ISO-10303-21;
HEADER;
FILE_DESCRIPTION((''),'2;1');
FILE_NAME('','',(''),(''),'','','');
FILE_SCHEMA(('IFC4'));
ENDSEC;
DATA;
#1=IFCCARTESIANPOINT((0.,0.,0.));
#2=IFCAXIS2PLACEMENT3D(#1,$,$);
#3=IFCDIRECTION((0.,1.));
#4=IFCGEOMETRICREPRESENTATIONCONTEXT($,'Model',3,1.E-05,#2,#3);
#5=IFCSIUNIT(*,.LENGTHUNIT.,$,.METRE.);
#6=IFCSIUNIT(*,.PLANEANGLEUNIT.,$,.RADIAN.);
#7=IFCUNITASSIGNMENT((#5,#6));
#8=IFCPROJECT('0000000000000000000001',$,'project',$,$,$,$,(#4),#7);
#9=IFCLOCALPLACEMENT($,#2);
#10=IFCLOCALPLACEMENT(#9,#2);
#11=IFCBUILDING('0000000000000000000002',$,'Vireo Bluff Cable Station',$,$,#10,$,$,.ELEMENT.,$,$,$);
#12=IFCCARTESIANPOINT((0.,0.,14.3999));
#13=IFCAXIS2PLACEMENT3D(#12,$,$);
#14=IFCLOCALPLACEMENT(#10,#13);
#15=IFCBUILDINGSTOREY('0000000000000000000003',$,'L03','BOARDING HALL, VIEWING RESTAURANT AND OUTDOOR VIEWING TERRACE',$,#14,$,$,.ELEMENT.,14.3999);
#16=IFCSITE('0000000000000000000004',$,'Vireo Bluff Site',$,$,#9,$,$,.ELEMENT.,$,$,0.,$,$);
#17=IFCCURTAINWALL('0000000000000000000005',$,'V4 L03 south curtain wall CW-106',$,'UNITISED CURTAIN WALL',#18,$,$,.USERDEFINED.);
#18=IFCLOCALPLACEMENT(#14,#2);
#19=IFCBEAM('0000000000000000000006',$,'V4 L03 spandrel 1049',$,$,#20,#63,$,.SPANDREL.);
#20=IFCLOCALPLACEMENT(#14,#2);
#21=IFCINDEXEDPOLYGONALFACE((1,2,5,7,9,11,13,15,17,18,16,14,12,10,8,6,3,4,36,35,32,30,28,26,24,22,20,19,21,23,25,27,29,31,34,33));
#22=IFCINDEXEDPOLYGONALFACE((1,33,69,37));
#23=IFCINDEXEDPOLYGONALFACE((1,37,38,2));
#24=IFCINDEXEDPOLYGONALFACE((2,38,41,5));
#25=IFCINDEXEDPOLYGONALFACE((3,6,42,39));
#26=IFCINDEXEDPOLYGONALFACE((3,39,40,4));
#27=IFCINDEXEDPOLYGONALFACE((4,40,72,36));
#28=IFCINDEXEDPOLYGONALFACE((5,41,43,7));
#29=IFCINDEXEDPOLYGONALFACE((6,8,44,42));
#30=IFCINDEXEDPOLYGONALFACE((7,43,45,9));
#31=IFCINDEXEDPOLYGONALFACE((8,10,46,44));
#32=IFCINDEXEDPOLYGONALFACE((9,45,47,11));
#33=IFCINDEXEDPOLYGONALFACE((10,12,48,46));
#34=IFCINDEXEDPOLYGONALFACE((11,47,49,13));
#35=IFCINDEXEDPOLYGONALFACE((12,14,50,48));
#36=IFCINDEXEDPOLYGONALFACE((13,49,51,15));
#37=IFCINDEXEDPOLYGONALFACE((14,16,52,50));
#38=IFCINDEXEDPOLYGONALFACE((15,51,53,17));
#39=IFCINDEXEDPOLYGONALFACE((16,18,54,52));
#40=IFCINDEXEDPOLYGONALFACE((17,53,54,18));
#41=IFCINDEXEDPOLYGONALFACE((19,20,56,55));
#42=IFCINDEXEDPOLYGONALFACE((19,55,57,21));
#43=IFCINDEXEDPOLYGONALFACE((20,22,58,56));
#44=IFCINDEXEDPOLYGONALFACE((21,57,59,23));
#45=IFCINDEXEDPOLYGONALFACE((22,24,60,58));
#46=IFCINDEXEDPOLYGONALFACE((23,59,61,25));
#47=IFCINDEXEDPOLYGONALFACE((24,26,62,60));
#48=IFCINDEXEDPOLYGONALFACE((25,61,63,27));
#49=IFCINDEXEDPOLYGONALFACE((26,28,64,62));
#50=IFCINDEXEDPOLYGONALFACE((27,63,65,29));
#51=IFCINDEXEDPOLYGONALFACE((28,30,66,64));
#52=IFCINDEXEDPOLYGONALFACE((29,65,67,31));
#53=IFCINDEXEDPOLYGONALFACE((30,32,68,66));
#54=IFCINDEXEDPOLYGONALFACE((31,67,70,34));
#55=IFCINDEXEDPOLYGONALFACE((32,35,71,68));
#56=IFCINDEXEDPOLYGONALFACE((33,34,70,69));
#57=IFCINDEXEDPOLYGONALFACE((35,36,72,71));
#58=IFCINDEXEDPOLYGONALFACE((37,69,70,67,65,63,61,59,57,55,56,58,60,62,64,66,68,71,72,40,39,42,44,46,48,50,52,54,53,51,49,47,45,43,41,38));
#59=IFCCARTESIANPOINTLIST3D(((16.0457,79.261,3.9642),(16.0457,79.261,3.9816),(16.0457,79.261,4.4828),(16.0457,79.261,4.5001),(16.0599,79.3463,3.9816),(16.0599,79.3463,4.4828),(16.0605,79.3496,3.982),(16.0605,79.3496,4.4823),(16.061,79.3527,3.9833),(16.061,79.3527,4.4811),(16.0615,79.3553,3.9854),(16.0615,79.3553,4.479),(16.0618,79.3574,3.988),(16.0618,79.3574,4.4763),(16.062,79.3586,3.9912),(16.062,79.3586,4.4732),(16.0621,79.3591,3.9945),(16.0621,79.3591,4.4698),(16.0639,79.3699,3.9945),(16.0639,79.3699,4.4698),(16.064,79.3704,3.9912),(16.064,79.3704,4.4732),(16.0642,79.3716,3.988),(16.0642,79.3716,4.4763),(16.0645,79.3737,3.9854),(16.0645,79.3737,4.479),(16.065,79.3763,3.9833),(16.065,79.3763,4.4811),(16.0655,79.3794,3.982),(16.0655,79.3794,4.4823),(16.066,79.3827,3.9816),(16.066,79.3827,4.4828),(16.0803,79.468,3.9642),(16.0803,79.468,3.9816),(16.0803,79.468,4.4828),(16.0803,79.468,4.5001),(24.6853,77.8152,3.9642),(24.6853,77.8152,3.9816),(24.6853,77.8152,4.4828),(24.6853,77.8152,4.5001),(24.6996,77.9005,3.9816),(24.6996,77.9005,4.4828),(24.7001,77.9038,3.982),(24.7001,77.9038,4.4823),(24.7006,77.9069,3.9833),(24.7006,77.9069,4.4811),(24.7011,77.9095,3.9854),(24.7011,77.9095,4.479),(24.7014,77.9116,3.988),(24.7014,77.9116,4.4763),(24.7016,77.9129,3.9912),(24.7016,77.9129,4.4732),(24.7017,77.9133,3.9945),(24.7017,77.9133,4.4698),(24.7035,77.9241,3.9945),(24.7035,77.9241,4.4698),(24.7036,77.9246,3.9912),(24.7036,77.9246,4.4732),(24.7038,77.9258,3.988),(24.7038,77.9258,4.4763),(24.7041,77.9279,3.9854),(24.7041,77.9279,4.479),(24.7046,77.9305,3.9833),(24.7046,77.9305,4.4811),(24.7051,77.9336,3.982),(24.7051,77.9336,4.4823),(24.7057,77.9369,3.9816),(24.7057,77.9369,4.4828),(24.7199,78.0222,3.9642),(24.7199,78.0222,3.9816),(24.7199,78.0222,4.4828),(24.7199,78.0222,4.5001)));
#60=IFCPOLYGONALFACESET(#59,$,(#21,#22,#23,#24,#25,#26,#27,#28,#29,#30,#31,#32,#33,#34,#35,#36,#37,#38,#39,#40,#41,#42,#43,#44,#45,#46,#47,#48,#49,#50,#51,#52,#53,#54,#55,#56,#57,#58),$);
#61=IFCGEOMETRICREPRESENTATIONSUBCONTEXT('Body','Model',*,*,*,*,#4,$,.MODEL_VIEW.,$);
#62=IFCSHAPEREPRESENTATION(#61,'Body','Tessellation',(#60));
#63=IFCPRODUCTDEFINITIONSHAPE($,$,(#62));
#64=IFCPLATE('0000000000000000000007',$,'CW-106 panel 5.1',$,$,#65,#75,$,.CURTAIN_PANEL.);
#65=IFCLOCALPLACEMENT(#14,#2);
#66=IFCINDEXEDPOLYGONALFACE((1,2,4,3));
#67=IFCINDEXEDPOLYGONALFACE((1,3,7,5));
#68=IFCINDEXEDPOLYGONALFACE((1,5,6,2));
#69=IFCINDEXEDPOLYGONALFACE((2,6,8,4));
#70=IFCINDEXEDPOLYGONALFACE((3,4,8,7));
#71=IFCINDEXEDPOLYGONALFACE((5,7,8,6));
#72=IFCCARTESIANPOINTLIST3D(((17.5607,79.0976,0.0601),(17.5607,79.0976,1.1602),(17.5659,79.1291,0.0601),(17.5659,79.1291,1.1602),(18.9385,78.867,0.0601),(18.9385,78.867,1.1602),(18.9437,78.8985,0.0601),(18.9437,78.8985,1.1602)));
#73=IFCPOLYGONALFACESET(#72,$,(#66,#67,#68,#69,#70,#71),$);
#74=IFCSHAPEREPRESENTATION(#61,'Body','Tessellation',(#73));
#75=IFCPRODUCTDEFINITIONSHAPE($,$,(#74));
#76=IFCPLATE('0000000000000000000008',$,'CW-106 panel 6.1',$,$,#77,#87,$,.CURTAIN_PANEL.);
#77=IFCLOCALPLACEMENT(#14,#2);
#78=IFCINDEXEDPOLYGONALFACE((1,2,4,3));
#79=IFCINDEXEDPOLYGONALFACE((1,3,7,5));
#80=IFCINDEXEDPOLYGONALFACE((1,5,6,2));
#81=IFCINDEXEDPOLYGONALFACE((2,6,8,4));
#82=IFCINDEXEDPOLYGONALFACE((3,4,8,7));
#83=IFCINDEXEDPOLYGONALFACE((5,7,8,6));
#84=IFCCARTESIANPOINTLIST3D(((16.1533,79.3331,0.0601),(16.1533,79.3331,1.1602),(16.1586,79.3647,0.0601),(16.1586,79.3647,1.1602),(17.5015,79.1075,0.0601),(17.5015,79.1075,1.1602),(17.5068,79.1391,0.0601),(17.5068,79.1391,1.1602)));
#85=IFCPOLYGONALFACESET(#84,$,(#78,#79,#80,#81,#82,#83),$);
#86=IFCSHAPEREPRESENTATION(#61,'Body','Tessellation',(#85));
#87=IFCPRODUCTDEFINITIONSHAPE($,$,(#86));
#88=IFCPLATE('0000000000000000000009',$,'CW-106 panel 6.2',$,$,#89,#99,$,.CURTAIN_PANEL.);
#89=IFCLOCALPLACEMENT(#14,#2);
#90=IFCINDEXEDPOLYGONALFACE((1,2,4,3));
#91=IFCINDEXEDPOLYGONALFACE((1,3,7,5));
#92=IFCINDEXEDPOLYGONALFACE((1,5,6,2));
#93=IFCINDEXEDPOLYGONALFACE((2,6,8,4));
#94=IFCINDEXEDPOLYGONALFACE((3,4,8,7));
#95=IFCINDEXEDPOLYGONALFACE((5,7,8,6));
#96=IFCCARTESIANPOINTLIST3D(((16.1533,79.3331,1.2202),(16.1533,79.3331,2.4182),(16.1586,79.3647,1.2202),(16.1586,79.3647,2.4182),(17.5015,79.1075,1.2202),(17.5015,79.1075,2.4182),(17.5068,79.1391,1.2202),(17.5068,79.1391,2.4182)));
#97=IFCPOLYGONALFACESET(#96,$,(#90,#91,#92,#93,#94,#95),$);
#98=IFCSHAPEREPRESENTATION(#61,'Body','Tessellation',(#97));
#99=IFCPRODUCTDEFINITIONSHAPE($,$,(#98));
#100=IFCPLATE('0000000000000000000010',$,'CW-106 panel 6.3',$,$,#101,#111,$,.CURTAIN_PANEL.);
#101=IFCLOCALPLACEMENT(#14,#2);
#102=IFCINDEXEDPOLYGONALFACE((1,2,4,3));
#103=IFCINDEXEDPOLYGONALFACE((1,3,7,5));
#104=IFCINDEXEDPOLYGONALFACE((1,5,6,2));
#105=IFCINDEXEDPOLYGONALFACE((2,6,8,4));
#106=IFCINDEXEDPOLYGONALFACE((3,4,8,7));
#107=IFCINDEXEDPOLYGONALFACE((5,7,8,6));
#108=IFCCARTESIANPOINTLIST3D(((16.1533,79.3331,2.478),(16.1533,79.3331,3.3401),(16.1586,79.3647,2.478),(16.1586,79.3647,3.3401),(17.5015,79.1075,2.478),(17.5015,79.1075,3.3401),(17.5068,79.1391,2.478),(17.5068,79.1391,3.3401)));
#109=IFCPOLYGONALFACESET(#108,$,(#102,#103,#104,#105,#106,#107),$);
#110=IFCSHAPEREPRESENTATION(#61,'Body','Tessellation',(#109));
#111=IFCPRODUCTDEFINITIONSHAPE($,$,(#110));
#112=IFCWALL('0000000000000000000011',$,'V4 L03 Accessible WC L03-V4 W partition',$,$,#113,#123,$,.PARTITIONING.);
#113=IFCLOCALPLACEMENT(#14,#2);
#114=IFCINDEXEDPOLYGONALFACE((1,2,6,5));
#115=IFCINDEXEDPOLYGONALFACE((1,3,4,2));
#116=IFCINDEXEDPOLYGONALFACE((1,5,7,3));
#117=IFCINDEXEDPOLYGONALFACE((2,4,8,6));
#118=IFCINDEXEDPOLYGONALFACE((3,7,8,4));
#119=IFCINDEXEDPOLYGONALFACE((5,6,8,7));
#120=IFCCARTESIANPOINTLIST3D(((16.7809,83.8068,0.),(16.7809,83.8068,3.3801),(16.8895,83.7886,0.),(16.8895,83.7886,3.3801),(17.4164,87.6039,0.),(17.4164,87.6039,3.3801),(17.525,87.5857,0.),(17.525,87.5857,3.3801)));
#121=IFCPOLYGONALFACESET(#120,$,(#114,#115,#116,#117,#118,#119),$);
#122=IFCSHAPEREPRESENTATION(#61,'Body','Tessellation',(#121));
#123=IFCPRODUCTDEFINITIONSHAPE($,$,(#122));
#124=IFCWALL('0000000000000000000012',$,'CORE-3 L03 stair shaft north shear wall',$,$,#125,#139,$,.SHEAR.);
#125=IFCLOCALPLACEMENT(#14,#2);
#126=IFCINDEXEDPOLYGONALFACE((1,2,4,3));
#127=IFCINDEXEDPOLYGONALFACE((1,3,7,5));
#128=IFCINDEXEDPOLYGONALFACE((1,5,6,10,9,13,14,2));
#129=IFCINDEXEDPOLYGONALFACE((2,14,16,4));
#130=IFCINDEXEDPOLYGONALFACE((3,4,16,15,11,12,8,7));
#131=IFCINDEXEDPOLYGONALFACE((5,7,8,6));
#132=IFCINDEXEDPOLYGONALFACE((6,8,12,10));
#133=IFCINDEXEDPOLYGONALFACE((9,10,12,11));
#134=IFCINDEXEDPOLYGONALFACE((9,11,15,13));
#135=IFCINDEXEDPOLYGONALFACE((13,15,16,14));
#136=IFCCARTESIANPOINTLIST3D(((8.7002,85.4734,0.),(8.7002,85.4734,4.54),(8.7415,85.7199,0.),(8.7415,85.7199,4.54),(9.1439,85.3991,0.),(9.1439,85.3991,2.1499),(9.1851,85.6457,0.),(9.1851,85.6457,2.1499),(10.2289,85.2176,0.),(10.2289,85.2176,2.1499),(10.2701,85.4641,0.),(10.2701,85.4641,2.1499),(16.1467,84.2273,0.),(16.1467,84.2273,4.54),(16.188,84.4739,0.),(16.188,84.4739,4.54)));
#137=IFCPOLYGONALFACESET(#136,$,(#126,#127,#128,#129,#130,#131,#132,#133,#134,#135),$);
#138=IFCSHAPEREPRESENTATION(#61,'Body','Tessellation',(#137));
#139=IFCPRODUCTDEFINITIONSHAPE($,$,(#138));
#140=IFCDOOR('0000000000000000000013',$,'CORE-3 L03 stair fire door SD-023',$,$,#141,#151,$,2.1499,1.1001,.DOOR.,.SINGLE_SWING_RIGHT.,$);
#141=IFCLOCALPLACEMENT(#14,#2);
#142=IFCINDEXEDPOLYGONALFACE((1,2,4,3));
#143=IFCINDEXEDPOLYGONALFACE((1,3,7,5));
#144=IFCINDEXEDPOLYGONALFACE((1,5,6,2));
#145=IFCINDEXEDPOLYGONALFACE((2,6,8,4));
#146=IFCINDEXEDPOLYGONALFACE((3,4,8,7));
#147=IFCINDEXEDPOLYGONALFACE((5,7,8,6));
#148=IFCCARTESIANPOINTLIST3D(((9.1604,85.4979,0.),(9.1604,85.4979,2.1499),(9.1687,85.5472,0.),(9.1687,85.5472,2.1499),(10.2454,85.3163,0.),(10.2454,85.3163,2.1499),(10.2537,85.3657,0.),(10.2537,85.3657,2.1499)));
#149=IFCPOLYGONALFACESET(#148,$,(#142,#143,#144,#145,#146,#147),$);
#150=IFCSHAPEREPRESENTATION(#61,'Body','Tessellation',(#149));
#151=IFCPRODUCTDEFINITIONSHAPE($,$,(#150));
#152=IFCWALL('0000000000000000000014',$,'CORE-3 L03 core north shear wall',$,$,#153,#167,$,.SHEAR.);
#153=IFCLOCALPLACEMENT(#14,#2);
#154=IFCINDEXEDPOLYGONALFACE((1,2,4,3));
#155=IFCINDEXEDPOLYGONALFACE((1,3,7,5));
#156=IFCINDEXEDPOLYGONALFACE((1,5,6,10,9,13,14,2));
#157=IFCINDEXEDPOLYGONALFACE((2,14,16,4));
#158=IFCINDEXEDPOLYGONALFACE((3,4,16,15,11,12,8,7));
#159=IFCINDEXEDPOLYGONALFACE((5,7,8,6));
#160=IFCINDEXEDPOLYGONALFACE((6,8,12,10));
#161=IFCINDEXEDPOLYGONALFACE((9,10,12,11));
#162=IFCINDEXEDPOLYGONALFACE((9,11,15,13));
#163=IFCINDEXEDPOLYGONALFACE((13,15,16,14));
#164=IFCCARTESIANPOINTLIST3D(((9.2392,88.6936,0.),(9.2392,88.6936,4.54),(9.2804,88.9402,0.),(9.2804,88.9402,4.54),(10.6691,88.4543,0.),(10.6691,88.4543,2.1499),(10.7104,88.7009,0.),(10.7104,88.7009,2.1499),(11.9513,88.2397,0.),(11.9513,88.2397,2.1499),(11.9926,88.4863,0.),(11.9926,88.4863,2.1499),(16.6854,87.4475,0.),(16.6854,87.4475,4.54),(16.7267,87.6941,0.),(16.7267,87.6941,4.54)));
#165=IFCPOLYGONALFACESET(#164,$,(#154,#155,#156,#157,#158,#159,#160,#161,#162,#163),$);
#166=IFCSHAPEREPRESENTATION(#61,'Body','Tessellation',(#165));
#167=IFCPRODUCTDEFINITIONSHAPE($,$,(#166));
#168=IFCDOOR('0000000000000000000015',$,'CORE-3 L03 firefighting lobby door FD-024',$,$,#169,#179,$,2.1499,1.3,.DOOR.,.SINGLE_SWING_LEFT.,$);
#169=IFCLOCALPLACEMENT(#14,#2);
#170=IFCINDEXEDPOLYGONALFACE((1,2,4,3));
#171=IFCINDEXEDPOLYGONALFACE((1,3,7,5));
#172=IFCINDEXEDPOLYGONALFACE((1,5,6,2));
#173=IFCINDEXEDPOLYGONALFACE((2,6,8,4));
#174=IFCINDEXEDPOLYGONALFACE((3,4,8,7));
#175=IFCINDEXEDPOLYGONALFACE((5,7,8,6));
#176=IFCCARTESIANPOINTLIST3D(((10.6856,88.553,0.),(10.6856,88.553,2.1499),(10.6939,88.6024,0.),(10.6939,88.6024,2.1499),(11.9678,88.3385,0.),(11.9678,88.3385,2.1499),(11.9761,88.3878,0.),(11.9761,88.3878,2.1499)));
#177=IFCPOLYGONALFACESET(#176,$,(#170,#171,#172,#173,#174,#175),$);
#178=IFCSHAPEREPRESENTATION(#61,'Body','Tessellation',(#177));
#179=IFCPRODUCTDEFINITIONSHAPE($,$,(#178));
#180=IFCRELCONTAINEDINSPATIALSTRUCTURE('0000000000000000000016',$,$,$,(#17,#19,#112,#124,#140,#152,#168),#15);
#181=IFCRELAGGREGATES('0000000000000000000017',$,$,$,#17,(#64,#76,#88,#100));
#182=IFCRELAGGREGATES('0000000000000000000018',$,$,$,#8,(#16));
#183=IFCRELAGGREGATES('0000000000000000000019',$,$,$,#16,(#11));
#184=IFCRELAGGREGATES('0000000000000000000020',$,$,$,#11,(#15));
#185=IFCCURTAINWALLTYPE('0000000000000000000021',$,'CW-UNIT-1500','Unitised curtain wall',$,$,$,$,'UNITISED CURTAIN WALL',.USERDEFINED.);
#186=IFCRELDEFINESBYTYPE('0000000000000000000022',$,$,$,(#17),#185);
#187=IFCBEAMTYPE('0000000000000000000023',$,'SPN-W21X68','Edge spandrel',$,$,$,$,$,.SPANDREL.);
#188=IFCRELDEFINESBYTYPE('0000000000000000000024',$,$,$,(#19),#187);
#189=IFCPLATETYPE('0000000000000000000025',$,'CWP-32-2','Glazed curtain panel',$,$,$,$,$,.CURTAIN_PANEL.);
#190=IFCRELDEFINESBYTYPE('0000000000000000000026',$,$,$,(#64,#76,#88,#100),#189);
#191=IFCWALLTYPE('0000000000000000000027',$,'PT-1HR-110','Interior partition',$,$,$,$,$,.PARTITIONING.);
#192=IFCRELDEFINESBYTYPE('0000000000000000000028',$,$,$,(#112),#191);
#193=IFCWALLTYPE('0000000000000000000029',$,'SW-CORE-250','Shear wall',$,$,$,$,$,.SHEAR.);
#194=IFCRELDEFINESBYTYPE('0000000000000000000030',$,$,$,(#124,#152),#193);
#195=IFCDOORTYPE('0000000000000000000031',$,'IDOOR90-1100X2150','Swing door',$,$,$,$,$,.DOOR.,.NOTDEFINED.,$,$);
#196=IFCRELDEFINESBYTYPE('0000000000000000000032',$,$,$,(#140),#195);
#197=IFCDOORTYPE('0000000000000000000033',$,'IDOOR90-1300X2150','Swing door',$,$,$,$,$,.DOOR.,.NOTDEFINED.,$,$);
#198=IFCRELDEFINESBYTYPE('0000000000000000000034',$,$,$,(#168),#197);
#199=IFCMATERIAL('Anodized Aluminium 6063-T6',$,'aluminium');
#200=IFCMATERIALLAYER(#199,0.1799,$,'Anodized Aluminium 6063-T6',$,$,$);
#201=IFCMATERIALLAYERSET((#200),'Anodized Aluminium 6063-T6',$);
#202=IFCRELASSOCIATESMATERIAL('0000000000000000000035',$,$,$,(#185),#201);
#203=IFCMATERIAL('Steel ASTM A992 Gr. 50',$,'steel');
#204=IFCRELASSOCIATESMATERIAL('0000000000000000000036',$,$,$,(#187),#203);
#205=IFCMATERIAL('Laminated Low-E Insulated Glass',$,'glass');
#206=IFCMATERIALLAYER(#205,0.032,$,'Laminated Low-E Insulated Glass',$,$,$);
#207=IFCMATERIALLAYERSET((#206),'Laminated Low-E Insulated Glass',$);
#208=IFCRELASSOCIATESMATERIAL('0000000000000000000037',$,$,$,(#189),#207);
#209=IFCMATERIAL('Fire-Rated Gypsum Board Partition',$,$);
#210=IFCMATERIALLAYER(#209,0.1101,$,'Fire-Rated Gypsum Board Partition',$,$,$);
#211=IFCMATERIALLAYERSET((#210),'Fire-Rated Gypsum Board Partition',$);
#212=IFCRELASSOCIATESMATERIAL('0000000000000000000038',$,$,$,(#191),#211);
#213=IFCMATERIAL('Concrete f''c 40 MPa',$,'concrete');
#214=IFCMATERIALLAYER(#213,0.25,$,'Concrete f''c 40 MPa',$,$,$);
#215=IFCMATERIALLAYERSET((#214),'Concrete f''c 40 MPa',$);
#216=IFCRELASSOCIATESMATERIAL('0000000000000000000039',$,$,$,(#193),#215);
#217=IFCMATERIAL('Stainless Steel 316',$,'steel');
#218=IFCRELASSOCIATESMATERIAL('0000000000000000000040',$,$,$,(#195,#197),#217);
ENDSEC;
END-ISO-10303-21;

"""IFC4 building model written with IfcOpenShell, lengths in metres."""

from ifc_helpers import new_model, si_unit, direction, frame, frame_2d, origin, origin_with_axes, origin_2d, place, context, subcontext, project, spatial, rectangle, i_section, extrude, material, layer, layer_set, material_profile, profile_set, type_object, element, fill, aggregate, save


model = new_model("IFC4")

# Units and contexts
model_context = context("Model", 3, precision=1e-05, world=origin(), true_north=direction((0.0, 1.0)))
body_context = subcontext(model_context, "Body", "Model", "MODEL_VIEW")
ifc_project = project(units=[si_unit("LENGTHUNIT", "METRE"), si_unit("PLANEANGLEUNIT", "RADIAN")], contexts=[model_context])

# Site, building, storey
site_placement = place(None, origin())
site = spatial("IfcSite", under=ifc_project, at=site_placement, Name="Vireo Bluff Site", CompositionType="ELEMENT", RefElevation=0.0)
building_placement = place(site_placement, origin())
building = spatial("IfcBuilding", under=site, at=building_placement, Name="Vireo Bluff Cable Station", CompositionType="ELEMENT")
storey_placement = place(building_placement, frame((0.0, 0.0, 14.3999)))
storey = spatial("IfcBuildingStorey", under=building, at=storey_placement, Name="L03", Description="BOARDING HALL, VIEWING RESTAURANT AND OUTDOOR VIEWING TERRACE", CompositionType="ELEMENT", Elevation=14.3999)

# Shared definitions
ifc_material_1 = material(Name="Steel ASTM A992 Gr. 50", Category="steel")

# Curtain wall
ifc_material_2 = material(Name="Anodized Aluminium 6063-T6", Category="aluminium")
ifc_layer_1 = layer(ifc_material_2, 0.1799, Name="Anodized Aluminium 6063-T6")
ifc_layer_set_1 = layer_set([ifc_layer_1], Name="Anodized Aluminium 6063-T6")
curtain_wall_type = type_object("IfcCurtainWallType", Name="CW-UNIT-1500", Description="Unitised curtain wall", ElementType="UNITISED CURTAIN WALL", PredefinedType="USERDEFINED", material=ifc_layer_set_1)
curtain_wall_placement = place(storey_placement, origin())
curtain_wall = element("IfcCurtainWall", 1, at=curtain_wall_placement, inside=storey, type_object=curtain_wall_type, Name="V4 L03 south curtain wall CW-106", ObjectType="UNITISED CURTAIN WALL", PredefinedType="USERDEFINED")

# Beam
ifc_material_profile_1 = material_profile(ifc_material_1, i_section(OverallWidth=0.21, OverallDepth=0.5359, WebThickness=0.011, FlangeThickness=0.0173, FilletRadius=0.0129, at=origin_2d()), Name="W21X68")
ifc_profile_set_1 = profile_set([ifc_material_profile_1], Name="Steel ASTM A992 Gr. 50")
beam_type_1 = type_object("IfcBeamType", Name="SPN-W21X68", Description="Edge spandrel", PredefinedType="SPANDREL", material=ifc_profile_set_1)
beam_1_placement = place(storey_placement, frame((16.063, 79.3645, 4.2322), z_axis=(0.986285, -0.16505, 0.0), x_axis=(0.16505, 0.986285, 0.0)))
element("IfcBeam", 2, at=beam_1_placement, inside=storey, type_object=beam_type_1, Name="V4 L03 spandrel 1049", PredefinedType="SPANDREL", context=body_context, shape_type="SweptSolid", body=[
    extrude(i_section(OverallWidth=0.21, OverallDepth=0.5359, WebThickness=0.011, FlangeThickness=0.0173, FilletRadius=0.0129, at=origin_2d()), origin(), (0.0, 0.0, 1.0), 8.7598),
])

# Plates
ifc_material_3 = material(Name="Laminated Low-E Insulated Glass", Category="glass")
ifc_layer_2 = layer(ifc_material_3, 0.032, Name="Laminated Low-E Insulated Glass")
ifc_layer_set_2 = layer_set([ifc_layer_2], Name="Laminated Low-E Insulated Glass")
plate_type = type_object("IfcPlateType", Name="CWP-32-2", Description="Glazed curtain panel", PredefinedType="CURTAIN_PANEL", material=ifc_layer_set_2)
plate_1_placement = place(storey_placement, frame((18.2522, 78.998, 0.0601), z_axis=(0.0, 0.0, 1.0), x_axis=(-0.986286, 0.165048, 0.0)))
plate_1 = element("IfcPlate", 3, at=plate_1_placement, type_object=plate_type, Name="CW-106 panel 5.1", PredefinedType="CURTAIN_PANEL", context=body_context, shape_type="SweptSolid", body=[
    extrude(rectangle(XDim=1.397, YDim=0.032, at=origin_2d()), origin(), (0.0, 0.0, 1.0), 1.1001),
])
plate_2_placement = place(storey_placement, frame((16.8301, 79.2361, 0.0601), z_axis=(0.0, 0.0, 1.0), x_axis=(-0.986286, 0.165048, 0.0)))
plate_2 = element("IfcPlate", 4, at=plate_2_placement, type_object=plate_type, Name="CW-106 panel 6.1", PredefinedType="CURTAIN_PANEL", context=body_context, shape_type="SweptSolid", body=[
    extrude(rectangle(XDim=1.3669, YDim=0.032, at=origin_2d()), origin(), (0.0, 0.0, 1.0), 1.1001),
])
plate_3_placement = place(storey_placement, frame((16.8301, 79.2361, 1.2202), z_axis=(0.0, 0.0, 1.0), x_axis=(-0.986286, 0.165048, 0.0)))
plate_3 = element("IfcPlate", 5, at=plate_3_placement, type_object=plate_type, Name="CW-106 panel 6.2", PredefinedType="CURTAIN_PANEL", context=body_context, shape_type="SweptSolid", body=[
    extrude(rectangle(XDim=1.3669, YDim=0.032, at=origin_2d()), origin(), (0.0, 0.0, 1.0), 1.198),
])
plate_4_placement = place(storey_placement, frame((16.8301, 79.2361, 2.478), z_axis=(0.0, 0.0, 1.0), x_axis=(-0.986286, 0.165048, 0.0)))
plate_4 = element("IfcPlate", 6, at=plate_4_placement, type_object=plate_type, Name="CW-106 panel 6.3", PredefinedType="CURTAIN_PANEL", context=body_context, shape_type="SweptSolid", body=[
    extrude(rectangle(XDim=1.3669, YDim=0.032, at=origin_2d()), origin(), (0.0, 0.0, 1.0), 0.8621),
])
aggregate(curtain_wall, [plate_1, plate_2, plate_3, plate_4])

# Wall
ifc_material_4 = material(Name="Fire-Rated Gypsum Board Partition")
ifc_layer_3 = layer(ifc_material_4, 0.1101, Name="Fire-Rated Gypsum Board Partition")
ifc_layer_set_3 = layer_set([ifc_layer_3], Name="Fire-Rated Gypsum Board Partition")
wall_type_1 = type_object("IfcWallType", Name="PT-1HR-110", Description="Interior partition", PredefinedType="PARTITIONING", material=ifc_layer_set_3)
wall_1_placement = place(storey_placement, frame((16.8352, 83.7979, 0.0), z_axis=(0.0, 0.0, 1.0), x_axis=(0.165067, 0.986282, 0.0)))
element("IfcWall", 7, at=wall_1_placement, inside=storey, type_object=wall_type_1, Name="V4 L03 Accessible WC L03-V4 W partition", PredefinedType="PARTITIONING", context=body_context, shape_type="SweptSolid", body=[
    extrude(rectangle(XDim=3.8499, YDim=0.1101, at=frame_2d((1.9248, 0.0))), origin(), (0.0, 0.0, 1.0), 3.3801),
])

# Walls, openings, doors
ifc_material_5 = material(Name="Concrete f'c 40 MPa", Category="concrete")
ifc_layer_4 = layer(ifc_material_5, 0.25, Name="Concrete f'c 40 MPa")
ifc_layer_set_4 = layer_set([ifc_layer_4], Name="Concrete f'c 40 MPa")
wall_type_2 = type_object("IfcWallType", Name="SW-CORE-250", Description="Shear wall", PredefinedType="SHEAR", material=ifc_layer_set_4)
wall_2_placement = place(storey_placement, frame((16.1672, 84.3506, 0.0), z_axis=(0.0, 0.0, 1.0), x_axis=(-0.986286, 0.165044, 0.0)))
wall_2 = element("IfcWall", 8, at=wall_2_placement, inside=storey, type_object=wall_type_2, Name="CORE-3 L03 stair shaft north shear wall", PredefinedType="SHEAR", context=body_context, shape_type="SweptSolid", body=[
    extrude(rectangle(XDim=7.55, YDim=0.25, at=frame_2d((3.7749, 0.0))), origin(), (0.0, 0.0, 1.0), 4.54),
])
opening_1_placement = place(wall_2_placement, frame((6.0, 0.0, 0.0)))
opening_1 = element("IfcOpeningElement", 9, at=opening_1_placement, cuts=wall_2, PredefinedType="OPENING", context=body_context, shape_type="SweptSolid", body=[
    extrude(rectangle(XDim=1.1001, YDim=2.1499, at=frame_2d((0.55, 1.075))), frame((0.0, 0.135, 0.0), z_axis=(0.0, -1.0, 0.0), x_axis=(1.0, 0.0, 0.0)), (0.0, 0.0, 1.0), 0.27),
])
ifc_material_6 = material(Name="Stainless Steel 316", Category="steel")
door_type_1 = type_object("IfcDoorType", Name="IDOOR90-1100X2150", Description="Swing door", OperationType="NOTDEFINED", PredefinedType="DOOR", material=ifc_material_6)
door_1_placement = place(opening_1_placement, origin_with_axes())
door_1 = element("IfcDoor", 10, at=door_1_placement, inside=storey, type_object=door_type_1, Name="CORE-3 L03 stair fire door SD-023", OperationType="SINGLE_SWING_RIGHT", OverallHeight=2.1499, OverallWidth=1.1001, PredefinedType="DOOR", context=body_context, shape_type="SweptSolid", body=[
    extrude(rectangle(XDim=1.1001, YDim=2.1499, at=frame_2d((0.55, 1.075))), frame((0.0, 0.0249, 0.0), z_axis=(0.0, -1.0, 0.0), x_axis=(1.0, 0.0, 0.0)), (0.0, 0.0, 1.0), 0.05),
])
fill(opening_1, door_1)
wall_3_placement = place(storey_placement, frame((16.7061, 87.5708, 0.0), z_axis=(0.0, 0.0, 1.0), x_axis=(-0.986285, 0.165049, 0.0)))
wall_3 = element("IfcWall", 11, at=wall_3_placement, inside=storey, type_object=wall_type_2, Name="CORE-3 L03 core north shear wall", PredefinedType="SHEAR", context=body_context, shape_type="SweptSolid", body=[
    extrude(rectangle(XDim=7.5498, YDim=0.25, at=frame_2d((3.7749, 0.0))), origin(), (0.0, 0.0, 1.0), 4.54),
])
opening_2_placement = place(wall_3_placement, frame((4.8, 0.0, 0.0)))
opening_2 = element("IfcOpeningElement", 12, at=opening_2_placement, cuts=wall_3, PredefinedType="OPENING", context=body_context, shape_type="SweptSolid", body=[
    extrude(rectangle(XDim=1.3, YDim=2.1499, at=frame_2d((0.6499, 1.075))), frame((0.0, 0.135, 0.0), z_axis=(0.0, -1.0, 0.0), x_axis=(1.0, 0.0, 0.0)), (0.0, 0.0, 1.0), 0.27),
])
door_type_2 = type_object("IfcDoorType", Name="IDOOR90-1300X2150", Description="Swing door", OperationType="NOTDEFINED", PredefinedType="DOOR", material=ifc_material_6)
door_2_placement = place(opening_2_placement, origin_with_axes())
door_2 = element("IfcDoor", 13, at=door_2_placement, inside=storey, type_object=door_type_2, Name="CORE-3 L03 firefighting lobby door FD-024", OperationType="SINGLE_SWING_LEFT", OverallHeight=2.1499, OverallWidth=1.3, PredefinedType="DOOR", context=body_context, shape_type="SweptSolid", body=[
    extrude(rectangle(XDim=1.3, YDim=2.1499, at=frame_2d((0.6499, 1.075))), frame((0.0, 0.0249, 0.0), z_axis=(0.0, -1.0, 0.0), x_axis=(1.0, 0.0, 0.0)), (0.0, 0.0, 1.0), 0.05),
])
fill(opening_2, door_2)

save(model, "model.ifc")
